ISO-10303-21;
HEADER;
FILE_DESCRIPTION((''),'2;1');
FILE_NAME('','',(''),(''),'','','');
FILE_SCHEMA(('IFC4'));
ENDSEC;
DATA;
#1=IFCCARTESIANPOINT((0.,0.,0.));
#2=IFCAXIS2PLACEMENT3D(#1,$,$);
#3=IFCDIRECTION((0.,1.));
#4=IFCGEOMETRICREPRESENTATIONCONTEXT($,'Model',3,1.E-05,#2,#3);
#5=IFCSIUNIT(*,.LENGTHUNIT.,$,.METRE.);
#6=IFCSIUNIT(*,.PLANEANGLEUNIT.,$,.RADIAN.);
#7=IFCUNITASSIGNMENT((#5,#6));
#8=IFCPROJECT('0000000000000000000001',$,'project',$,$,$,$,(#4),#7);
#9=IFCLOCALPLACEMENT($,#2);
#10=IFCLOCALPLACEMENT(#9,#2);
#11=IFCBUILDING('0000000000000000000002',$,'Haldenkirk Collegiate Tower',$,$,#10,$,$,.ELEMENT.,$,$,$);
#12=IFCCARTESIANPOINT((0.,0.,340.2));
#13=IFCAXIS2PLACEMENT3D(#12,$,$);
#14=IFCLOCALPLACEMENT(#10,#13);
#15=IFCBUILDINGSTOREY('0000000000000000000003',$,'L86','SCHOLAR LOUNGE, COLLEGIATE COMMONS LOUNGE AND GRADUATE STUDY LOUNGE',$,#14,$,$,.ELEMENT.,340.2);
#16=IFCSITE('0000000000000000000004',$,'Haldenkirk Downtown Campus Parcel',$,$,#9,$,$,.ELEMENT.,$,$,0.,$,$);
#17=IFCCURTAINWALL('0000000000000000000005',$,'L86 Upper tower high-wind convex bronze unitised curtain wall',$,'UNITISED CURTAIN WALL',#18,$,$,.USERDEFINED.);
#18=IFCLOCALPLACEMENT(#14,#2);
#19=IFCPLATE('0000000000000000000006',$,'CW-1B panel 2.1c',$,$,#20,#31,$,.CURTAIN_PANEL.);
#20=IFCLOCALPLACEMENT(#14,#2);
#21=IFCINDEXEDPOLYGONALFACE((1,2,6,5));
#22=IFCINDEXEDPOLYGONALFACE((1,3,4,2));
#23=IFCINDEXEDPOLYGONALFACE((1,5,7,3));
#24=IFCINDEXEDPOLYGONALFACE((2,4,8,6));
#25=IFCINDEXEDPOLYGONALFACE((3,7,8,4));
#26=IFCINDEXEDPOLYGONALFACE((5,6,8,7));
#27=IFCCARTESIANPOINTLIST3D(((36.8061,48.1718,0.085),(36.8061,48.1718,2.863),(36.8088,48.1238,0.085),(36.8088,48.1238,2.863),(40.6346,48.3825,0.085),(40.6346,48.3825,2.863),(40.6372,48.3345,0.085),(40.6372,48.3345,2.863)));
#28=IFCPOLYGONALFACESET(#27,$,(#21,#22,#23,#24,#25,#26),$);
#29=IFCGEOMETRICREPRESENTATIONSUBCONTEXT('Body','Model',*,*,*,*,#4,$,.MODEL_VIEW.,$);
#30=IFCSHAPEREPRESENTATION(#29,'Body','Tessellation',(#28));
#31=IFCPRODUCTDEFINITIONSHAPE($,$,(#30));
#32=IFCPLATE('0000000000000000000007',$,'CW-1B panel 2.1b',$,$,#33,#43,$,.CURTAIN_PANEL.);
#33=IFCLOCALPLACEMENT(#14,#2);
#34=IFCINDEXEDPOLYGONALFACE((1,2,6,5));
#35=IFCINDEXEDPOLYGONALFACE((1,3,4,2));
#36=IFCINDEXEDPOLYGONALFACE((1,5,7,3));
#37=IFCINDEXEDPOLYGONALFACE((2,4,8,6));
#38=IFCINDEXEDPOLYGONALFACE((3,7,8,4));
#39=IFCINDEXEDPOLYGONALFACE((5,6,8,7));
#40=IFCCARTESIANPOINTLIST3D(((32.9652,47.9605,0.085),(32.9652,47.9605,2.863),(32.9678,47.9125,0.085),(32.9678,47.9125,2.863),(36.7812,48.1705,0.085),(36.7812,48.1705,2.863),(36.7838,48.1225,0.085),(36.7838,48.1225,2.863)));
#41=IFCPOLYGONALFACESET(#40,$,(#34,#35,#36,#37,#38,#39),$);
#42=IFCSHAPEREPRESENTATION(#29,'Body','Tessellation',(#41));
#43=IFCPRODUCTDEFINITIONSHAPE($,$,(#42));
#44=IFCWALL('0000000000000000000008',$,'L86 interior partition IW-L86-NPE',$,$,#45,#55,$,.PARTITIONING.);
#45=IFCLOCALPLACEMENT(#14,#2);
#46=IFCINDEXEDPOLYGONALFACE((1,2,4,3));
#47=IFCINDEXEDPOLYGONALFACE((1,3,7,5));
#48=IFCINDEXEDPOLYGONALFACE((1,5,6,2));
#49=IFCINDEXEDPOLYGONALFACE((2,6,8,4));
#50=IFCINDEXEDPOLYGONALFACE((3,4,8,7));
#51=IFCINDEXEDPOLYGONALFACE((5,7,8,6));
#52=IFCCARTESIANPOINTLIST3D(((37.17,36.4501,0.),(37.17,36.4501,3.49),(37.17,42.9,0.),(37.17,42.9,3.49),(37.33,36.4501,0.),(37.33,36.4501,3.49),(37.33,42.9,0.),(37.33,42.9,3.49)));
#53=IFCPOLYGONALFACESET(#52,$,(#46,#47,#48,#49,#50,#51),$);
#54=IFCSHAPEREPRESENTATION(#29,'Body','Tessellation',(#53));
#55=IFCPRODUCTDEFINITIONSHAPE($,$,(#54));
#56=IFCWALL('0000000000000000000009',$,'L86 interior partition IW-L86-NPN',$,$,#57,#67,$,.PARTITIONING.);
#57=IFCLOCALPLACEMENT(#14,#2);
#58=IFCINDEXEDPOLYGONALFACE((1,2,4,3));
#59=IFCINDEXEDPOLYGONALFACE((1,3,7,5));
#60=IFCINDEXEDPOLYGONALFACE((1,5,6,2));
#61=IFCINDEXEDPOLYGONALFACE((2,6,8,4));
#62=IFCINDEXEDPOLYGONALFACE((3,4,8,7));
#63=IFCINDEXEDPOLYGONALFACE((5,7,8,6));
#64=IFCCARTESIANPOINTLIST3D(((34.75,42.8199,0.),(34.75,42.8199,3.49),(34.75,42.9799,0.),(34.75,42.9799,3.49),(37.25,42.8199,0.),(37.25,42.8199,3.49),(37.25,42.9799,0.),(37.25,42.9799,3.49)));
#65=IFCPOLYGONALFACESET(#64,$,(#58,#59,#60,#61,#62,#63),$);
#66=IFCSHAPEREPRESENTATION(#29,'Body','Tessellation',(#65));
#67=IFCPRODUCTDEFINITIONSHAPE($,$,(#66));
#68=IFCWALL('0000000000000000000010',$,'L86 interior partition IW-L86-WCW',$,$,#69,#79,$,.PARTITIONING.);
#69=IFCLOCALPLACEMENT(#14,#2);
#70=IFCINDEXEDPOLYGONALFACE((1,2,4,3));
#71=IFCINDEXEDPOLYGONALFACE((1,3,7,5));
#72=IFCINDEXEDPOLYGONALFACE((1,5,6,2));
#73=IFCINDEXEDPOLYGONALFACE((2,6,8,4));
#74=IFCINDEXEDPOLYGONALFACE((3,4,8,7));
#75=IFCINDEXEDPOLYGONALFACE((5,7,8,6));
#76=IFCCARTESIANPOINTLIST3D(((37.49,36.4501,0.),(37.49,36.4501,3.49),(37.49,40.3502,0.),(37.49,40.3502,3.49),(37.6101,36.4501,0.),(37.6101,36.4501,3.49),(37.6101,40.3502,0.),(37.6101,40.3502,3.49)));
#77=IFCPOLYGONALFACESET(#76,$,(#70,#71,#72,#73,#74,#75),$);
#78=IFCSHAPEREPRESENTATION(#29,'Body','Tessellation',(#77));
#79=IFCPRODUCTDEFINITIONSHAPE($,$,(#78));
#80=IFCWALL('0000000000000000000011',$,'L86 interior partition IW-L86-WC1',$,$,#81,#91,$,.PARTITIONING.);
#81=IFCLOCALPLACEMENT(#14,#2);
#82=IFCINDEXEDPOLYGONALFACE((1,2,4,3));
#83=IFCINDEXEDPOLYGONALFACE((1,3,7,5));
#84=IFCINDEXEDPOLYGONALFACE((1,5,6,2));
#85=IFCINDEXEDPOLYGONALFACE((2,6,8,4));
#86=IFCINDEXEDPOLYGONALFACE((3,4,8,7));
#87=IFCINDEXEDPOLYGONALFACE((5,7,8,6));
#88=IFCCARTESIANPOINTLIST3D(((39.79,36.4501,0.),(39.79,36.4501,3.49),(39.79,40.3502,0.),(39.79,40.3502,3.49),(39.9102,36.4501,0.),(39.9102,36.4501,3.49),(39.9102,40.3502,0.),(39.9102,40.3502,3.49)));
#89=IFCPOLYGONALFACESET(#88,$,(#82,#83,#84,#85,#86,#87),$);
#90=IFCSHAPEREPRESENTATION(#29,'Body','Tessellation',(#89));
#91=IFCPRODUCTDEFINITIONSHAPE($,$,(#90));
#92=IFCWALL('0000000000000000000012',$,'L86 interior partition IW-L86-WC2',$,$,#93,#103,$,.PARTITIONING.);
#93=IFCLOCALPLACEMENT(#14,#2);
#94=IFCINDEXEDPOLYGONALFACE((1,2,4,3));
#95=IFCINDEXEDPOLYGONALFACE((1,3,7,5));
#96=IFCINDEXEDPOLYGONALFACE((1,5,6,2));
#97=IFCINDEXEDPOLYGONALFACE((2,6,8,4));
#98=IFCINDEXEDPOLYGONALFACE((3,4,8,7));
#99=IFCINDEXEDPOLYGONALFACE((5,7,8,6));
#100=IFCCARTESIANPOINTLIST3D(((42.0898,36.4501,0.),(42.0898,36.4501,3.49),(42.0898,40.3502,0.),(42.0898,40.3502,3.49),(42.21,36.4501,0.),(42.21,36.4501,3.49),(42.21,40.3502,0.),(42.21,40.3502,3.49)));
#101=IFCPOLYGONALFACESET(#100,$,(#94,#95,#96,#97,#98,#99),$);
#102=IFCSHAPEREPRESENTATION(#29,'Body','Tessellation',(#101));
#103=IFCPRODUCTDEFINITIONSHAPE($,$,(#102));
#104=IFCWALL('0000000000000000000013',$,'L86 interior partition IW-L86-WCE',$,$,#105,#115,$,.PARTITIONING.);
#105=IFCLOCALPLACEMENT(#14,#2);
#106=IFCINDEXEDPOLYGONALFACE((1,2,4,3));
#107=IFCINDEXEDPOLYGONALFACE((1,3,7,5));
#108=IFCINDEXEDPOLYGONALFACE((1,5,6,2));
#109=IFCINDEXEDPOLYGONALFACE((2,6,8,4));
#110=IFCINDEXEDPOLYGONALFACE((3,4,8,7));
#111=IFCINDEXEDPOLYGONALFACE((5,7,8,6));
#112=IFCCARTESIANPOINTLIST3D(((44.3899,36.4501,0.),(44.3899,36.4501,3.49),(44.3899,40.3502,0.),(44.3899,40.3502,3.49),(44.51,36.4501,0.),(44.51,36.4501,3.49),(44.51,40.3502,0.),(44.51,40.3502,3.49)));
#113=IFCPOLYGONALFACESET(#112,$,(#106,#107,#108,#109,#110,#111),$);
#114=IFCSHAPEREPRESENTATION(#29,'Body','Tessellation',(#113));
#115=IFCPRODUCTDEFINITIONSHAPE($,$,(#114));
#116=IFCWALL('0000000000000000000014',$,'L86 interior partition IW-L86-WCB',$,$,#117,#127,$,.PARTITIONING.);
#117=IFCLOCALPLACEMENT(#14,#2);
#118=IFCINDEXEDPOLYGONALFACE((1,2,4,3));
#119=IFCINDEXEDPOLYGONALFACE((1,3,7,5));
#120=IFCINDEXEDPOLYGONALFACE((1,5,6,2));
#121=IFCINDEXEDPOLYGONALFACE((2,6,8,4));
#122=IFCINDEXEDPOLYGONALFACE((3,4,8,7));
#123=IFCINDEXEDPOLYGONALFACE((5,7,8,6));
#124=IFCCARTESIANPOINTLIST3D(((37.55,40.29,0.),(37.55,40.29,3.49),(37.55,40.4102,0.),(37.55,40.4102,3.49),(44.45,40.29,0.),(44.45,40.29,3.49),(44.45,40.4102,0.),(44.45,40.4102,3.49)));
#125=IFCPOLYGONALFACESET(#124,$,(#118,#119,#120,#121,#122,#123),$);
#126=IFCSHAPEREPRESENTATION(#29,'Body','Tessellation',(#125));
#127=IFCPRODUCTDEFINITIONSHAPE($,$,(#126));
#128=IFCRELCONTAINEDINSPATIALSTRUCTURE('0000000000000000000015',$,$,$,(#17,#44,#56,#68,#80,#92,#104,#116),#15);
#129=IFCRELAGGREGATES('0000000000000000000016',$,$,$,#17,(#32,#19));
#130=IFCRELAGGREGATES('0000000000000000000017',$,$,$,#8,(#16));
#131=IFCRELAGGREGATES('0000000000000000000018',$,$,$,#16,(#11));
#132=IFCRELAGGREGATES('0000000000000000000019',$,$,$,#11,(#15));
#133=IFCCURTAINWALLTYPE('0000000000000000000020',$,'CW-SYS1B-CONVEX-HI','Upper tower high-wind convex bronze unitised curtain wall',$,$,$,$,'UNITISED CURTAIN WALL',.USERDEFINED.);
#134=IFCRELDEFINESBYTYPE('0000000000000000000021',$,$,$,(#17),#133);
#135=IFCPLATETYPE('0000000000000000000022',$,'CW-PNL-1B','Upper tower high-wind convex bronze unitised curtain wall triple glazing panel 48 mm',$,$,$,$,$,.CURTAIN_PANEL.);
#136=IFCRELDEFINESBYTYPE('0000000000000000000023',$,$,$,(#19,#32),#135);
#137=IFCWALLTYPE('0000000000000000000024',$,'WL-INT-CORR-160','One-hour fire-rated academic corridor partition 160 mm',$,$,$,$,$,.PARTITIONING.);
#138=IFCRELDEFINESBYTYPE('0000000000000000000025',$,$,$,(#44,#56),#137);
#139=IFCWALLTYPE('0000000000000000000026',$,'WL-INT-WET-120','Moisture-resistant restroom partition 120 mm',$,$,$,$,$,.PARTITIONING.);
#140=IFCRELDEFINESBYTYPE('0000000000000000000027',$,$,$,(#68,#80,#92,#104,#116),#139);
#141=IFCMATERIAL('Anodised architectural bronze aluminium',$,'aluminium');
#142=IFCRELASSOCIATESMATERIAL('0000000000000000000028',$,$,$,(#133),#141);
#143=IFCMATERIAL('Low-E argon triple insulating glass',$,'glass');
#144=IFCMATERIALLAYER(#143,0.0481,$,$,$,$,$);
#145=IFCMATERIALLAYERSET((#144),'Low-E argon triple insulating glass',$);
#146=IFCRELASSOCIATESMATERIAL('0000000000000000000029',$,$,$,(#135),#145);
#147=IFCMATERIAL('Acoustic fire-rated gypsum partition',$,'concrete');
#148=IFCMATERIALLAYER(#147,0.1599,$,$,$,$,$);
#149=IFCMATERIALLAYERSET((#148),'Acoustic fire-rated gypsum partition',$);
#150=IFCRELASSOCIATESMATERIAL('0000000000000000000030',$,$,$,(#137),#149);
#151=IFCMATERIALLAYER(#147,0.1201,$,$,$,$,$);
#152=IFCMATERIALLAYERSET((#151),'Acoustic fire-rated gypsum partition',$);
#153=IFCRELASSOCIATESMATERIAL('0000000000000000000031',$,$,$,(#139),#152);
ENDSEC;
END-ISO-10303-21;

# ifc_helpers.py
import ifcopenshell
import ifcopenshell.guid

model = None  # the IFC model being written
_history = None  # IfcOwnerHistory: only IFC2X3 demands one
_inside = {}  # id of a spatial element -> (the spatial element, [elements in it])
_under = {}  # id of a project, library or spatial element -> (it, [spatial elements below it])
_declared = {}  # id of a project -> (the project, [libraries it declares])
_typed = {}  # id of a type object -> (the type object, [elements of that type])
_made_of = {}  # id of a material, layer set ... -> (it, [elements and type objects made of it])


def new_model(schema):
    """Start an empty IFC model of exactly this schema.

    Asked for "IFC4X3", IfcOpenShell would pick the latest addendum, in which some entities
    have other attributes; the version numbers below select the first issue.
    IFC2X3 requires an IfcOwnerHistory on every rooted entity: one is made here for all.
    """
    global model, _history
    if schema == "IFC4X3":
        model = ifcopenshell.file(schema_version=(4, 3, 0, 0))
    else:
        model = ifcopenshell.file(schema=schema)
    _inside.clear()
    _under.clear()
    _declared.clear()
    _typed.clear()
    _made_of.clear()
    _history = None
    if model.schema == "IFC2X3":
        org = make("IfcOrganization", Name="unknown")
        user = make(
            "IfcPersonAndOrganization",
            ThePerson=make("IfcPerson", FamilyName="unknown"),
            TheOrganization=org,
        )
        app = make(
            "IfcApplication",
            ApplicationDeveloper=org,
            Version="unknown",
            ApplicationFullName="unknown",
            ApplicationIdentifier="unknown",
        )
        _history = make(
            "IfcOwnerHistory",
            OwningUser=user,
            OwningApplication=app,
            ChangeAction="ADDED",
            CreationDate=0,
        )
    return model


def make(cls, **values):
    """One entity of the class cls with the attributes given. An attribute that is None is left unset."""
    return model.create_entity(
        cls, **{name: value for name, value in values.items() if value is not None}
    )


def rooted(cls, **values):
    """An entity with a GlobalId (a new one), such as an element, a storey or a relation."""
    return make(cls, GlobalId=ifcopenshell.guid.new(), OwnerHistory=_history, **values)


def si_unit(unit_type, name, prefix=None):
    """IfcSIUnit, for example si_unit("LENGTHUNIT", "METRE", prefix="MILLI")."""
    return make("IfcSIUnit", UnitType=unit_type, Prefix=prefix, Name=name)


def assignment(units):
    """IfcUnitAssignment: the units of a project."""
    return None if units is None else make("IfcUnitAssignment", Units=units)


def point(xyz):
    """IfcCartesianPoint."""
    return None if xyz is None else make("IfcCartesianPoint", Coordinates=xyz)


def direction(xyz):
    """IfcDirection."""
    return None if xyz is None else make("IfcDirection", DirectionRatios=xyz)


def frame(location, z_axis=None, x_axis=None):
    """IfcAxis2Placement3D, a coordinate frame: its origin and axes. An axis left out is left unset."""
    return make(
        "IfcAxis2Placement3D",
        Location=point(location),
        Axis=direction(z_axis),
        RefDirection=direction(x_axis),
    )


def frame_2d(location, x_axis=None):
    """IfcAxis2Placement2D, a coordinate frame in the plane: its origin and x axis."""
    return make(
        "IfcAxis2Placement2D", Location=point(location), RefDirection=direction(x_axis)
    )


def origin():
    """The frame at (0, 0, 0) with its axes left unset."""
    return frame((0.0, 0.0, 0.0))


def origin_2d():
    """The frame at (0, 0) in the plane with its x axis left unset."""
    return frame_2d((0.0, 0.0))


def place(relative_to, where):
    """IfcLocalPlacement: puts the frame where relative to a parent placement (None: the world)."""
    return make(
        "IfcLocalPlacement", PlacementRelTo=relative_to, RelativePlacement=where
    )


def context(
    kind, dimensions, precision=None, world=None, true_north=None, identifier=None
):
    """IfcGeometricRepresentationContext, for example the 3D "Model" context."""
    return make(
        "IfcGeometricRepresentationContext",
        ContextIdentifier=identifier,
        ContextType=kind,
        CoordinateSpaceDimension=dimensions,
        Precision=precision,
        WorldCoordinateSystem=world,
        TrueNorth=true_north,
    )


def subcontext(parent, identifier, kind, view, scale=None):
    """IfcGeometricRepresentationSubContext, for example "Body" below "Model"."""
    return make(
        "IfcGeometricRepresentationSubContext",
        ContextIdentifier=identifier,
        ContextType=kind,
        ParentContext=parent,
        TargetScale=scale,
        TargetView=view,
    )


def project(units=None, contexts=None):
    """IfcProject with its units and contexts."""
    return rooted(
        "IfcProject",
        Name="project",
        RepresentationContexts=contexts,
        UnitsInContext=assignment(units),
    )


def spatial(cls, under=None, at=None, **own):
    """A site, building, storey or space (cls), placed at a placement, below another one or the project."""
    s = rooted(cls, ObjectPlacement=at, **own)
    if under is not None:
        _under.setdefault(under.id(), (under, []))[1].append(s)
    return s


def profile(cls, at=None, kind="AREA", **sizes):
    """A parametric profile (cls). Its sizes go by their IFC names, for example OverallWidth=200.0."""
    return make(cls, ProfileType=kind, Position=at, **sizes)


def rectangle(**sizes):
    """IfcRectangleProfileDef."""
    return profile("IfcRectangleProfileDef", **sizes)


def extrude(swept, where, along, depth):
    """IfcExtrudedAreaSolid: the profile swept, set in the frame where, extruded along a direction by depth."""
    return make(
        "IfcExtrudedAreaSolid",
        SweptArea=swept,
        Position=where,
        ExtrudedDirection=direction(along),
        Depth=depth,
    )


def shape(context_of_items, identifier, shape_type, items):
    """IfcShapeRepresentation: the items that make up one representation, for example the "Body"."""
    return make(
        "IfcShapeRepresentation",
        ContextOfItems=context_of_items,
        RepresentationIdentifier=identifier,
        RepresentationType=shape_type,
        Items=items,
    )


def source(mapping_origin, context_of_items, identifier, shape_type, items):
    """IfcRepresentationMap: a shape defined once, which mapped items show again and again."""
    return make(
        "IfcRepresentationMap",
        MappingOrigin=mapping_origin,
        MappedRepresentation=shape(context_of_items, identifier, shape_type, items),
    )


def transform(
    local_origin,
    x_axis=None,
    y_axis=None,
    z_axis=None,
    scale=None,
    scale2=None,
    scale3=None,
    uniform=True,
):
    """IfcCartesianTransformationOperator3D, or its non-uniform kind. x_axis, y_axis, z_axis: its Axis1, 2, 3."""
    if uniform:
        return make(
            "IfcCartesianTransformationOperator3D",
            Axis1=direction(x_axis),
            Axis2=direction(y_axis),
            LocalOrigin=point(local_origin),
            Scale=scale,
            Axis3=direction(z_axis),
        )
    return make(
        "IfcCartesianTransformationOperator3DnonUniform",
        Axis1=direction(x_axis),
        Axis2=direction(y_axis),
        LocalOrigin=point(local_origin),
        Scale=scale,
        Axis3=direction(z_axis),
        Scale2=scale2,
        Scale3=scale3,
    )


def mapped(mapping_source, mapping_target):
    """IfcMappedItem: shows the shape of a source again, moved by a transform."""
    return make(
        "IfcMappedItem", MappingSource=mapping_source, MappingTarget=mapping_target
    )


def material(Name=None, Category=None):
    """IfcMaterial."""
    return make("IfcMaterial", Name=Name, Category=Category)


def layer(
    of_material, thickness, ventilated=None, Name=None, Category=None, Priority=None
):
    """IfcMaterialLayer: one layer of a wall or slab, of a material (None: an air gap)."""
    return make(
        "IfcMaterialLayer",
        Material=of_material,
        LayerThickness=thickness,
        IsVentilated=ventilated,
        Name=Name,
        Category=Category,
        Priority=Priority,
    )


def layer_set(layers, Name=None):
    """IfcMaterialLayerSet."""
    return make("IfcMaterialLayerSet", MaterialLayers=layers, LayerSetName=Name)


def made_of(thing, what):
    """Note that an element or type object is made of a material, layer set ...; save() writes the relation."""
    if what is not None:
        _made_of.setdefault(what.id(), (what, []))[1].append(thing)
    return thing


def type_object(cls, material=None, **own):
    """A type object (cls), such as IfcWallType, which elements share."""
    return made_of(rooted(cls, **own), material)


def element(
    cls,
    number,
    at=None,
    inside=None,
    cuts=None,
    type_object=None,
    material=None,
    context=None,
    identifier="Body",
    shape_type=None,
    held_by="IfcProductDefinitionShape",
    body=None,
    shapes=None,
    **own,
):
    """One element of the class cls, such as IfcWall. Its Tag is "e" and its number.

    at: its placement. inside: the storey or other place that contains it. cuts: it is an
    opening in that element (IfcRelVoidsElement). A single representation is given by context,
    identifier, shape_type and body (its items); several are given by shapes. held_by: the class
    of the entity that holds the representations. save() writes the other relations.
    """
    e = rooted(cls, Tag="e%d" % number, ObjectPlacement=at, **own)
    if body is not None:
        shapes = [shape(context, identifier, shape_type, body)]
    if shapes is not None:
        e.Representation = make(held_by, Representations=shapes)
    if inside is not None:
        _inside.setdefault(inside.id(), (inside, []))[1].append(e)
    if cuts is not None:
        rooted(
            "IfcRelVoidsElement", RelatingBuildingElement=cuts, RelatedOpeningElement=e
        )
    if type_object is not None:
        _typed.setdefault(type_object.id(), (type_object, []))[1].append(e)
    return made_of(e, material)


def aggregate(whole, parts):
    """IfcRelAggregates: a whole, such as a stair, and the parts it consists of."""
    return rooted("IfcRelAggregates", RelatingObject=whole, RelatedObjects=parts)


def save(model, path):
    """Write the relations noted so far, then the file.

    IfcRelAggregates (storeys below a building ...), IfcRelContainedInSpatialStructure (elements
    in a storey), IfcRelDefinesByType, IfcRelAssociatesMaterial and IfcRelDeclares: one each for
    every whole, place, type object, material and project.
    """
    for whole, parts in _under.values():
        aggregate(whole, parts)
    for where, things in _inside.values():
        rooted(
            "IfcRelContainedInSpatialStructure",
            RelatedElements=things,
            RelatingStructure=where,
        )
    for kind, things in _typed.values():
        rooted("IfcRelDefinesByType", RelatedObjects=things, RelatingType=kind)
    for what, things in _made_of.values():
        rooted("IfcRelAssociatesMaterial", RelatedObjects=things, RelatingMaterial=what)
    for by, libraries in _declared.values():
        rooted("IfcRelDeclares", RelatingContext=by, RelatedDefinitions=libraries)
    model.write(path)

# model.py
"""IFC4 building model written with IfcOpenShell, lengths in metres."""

from ifc_helpers import new_model, si_unit, direction, frame, frame_2d, origin, origin_2d, place, context, subcontext, project, spatial, rectangle, extrude, source, transform, mapped, material, layer, layer_set, type_object, element, aggregate, save


model = new_model("IFC4")

# Units and contexts
model_context = context("Model", 3, precision=1e-05, world=origin(), true_north=direction((0.0, 1.0)))
body_context = subcontext(model_context, "Body", "Model", "MODEL_VIEW")
ifc_project = project(units=[si_unit("LENGTHUNIT", "METRE"), si_unit("PLANEANGLEUNIT", "RADIAN")], contexts=[model_context])

# Site, building, storey
site_placement = place(None, origin())
site = spatial("IfcSite", under=ifc_project, at=site_placement, Name="Haldenkirk Downtown Campus Parcel", CompositionType="ELEMENT", RefElevation=0.0)
building_placement = place(site_placement, origin())
building = spatial("IfcBuilding", under=site, at=building_placement, Name="Haldenkirk Collegiate Tower", CompositionType="ELEMENT")
storey_placement = place(building_placement, frame((0.0, 0.0, 340.2)))
storey = spatial("IfcBuildingStorey", under=building, at=storey_placement, Name="L86", Description="SCHOLAR LOUNGE, COLLEGIATE COMMONS LOUNGE AND GRADUATE STUDY LOUNGE", CompositionType="ELEMENT", Elevation=340.2)

# Curtain wall, plates
ifc_material_1 = material(Name="Anodised architectural bronze aluminium", Category="aluminium")
curtain_wall_type = type_object("IfcCurtainWallType", Name="CW-SYS1B-CONVEX-HI", Description="Upper tower high-wind convex bronze unitised curtain wall", ElementType="UNITISED CURTAIN WALL", PredefinedType="USERDEFINED", material=ifc_material_1)
curtain_wall_placement = place(storey_placement, origin())
curtain_wall = element("IfcCurtainWall", 1, at=curtain_wall_placement, inside=storey, type_object=curtain_wall_type, Name="L86 Upper tower high-wind convex bronze unitised curtain wall", ObjectType="UNITISED CURTAIN WALL", PredefinedType="USERDEFINED")
ifc_material_2 = material(Name="Low-E argon triple insulating glass", Category="glass")
ifc_layer_1 = layer(ifc_material_2, 0.0481)
ifc_layer_set_1 = layer_set([ifc_layer_1], Name="Low-E argon triple insulating glass")
plate_type_1 = type_object("IfcPlateType", Name="CW-PNL-1B", Description="Upper tower high-wind convex bronze unitised curtain wall triple glazing panel 48 mm", PredefinedType="CURTAIN_PANEL", material=ifc_layer_set_1)
shared_shape_1 = source(origin(), body_context, "Body", "SweptSolid", [
    extrude(rectangle(XDim=3.8342, YDim=0.0481, at=origin_2d()), origin(), (0.0, 0.0, 1.0), 2.7781),
])
plate_1_placement = place(storey_placement, frame((38.7217, 48.2532, 0.085), z_axis=(0.0, 0.0, 1.0), x_axis=(0.998489, 0.054948, 0.0)))
plate_1 = element("IfcPlate", 2, at=plate_1_placement, type_object=plate_type_1, Name="CW-1B panel 2.1c", PredefinedType="CURTAIN_PANEL", context=body_context, shape_type="MappedRepresentation", body=[
    mapped(shared_shape_1, transform((0.0, 0.0, 0.0), x_axis=(1.0, 0.0, 0.0), y_axis=(0.0, 1.0, 0.0), z_axis=(0.0, 0.0, 1.0), scale=1.0)),
])
shared_shape_2 = source(origin(), body_context, "Body", "SweptSolid", [
    extrude(rectangle(XDim=3.8218, YDim=0.0481, at=origin_2d()), origin(), (0.0, 0.0, 1.0), 2.7781),
])
plate_2_placement = place(storey_placement, frame((34.8745, 48.0415, 0.085), z_axis=(0.0, 0.0, 1.0), x_axis=(0.998489, 0.054948, 0.0)))
plate_2 = element("IfcPlate", 3, at=plate_2_placement, type_object=plate_type_1, Name="CW-1B panel 2.1b", PredefinedType="CURTAIN_PANEL", context=body_context, shape_type="MappedRepresentation", body=[
    mapped(shared_shape_2, transform((0.0, 0.0, 0.0), x_axis=(1.0, 0.0, 0.0), y_axis=(0.0, 1.0, 0.0), z_axis=(0.0, 0.0, 1.0), scale=1.0)),
])
aggregate(curtain_wall, [plate_2, plate_1])

# Walls
ifc_material_3 = material(Name="Acoustic fire-rated gypsum partition", Category="concrete")
ifc_layer_2 = layer(ifc_material_3, 0.1599)
ifc_layer_set_2 = layer_set([ifc_layer_2], Name="Acoustic fire-rated gypsum partition")
wall_type_1 = type_object("IfcWallType", Name="WL-INT-CORR-160", Description="One-hour fire-rated academic corridor partition 160 mm", PredefinedType="PARTITIONING", material=ifc_layer_set_2)
wall_1_placement = place(storey_placement, frame((37.25, 36.45, 0.0), z_axis=(0.0, 0.0, 1.0), x_axis=(0.0, 1.0, 0.0)))
element("IfcWall", 4, at=wall_1_placement, inside=storey, type_object=wall_type_1, Name="L86 interior partition IW-L86-NPE", PredefinedType="PARTITIONING", context=body_context, shape_type="SweptSolid", body=[
    extrude(rectangle(XDim=6.45, YDim=0.1599, at=frame_2d((3.2251, 0.0))), origin(), (0.0, 0.0, 1.0), 3.49),
])
wall_2_placement = place(storey_placement, frame((34.75, 42.8999, 0.0), z_axis=(0.0, 0.0, 1.0), x_axis=(1.0, 0.0, 0.0)))
element("IfcWall", 5, at=wall_2_placement, inside=storey, type_object=wall_type_1, Name="L86 interior partition IW-L86-NPN", PredefinedType="PARTITIONING", context=body_context, shape_type="SweptSolid", body=[
    extrude(rectangle(XDim=2.5, YDim=0.1599, at=frame_2d((1.25, 0.0))), origin(), (0.0, 0.0, 1.0), 3.49),
])
ifc_layer_3 = layer(ifc_material_3, 0.1201)
ifc_layer_set_3 = layer_set([ifc_layer_3], Name="Acoustic fire-rated gypsum partition")
wall_type_2 = type_object("IfcWallType", Name="WL-INT-WET-120", Description="Moisture-resistant restroom partition 120 mm", PredefinedType="PARTITIONING", material=ifc_layer_set_3)
for number, where, z_axis, x_axis, name in (
    (6, (37.55, 36.45, 0.0), (0.0, 0.0, 1.0), (0.0, 1.0, 0.0), "L86 interior partition IW-L86-WCW"),
    (7, (39.8501, 36.45, 0.0), (0.0, 0.0, 1.0), (0.0, 1.0, 0.0), "L86 interior partition IW-L86-WC1"),
    (8, (42.1499, 36.45, 0.0), (0.0, 0.0, 1.0), (0.0, 1.0, 0.0), "L86 interior partition IW-L86-WC2"),
    (9, (44.45, 36.45, 0.0), (0.0, 0.0, 1.0), (0.0, 1.0, 0.0), "L86 interior partition IW-L86-WCE"),
):
    element("IfcWall", number, at=place(storey_placement, frame(where, z_axis=z_axis, x_axis=x_axis)), inside=storey, type_object=wall_type_2, Name=name, PredefinedType="PARTITIONING", context=body_context, shape_type="SweptSolid", body=[
        extrude(rectangle(XDim=3.9001, YDim=0.1201, at=frame_2d((1.9502, 0.0))), origin(), (0.0, 0.0, 1.0), 3.49),
    ])
wall_3_placement = place(storey_placement, frame((37.55, 40.3501, 0.0), z_axis=(0.0, 0.0, 1.0), x_axis=(1.0, 0.0, 0.0)))
element("IfcWall", 10, at=wall_3_placement, inside=storey, type_object=wall_type_2, Name="L86 interior partition IW-L86-WCB", PredefinedType="PARTITIONING", context=body_context, shape_type="SweptSolid", body=[
    extrude(rectangle(XDim=6.8999, YDim=0.1201, at=frame_2d((3.45, 0.0))), origin(), (0.0, 0.0, 1.0), 3.49),
])

save(model, "model.ifc")
